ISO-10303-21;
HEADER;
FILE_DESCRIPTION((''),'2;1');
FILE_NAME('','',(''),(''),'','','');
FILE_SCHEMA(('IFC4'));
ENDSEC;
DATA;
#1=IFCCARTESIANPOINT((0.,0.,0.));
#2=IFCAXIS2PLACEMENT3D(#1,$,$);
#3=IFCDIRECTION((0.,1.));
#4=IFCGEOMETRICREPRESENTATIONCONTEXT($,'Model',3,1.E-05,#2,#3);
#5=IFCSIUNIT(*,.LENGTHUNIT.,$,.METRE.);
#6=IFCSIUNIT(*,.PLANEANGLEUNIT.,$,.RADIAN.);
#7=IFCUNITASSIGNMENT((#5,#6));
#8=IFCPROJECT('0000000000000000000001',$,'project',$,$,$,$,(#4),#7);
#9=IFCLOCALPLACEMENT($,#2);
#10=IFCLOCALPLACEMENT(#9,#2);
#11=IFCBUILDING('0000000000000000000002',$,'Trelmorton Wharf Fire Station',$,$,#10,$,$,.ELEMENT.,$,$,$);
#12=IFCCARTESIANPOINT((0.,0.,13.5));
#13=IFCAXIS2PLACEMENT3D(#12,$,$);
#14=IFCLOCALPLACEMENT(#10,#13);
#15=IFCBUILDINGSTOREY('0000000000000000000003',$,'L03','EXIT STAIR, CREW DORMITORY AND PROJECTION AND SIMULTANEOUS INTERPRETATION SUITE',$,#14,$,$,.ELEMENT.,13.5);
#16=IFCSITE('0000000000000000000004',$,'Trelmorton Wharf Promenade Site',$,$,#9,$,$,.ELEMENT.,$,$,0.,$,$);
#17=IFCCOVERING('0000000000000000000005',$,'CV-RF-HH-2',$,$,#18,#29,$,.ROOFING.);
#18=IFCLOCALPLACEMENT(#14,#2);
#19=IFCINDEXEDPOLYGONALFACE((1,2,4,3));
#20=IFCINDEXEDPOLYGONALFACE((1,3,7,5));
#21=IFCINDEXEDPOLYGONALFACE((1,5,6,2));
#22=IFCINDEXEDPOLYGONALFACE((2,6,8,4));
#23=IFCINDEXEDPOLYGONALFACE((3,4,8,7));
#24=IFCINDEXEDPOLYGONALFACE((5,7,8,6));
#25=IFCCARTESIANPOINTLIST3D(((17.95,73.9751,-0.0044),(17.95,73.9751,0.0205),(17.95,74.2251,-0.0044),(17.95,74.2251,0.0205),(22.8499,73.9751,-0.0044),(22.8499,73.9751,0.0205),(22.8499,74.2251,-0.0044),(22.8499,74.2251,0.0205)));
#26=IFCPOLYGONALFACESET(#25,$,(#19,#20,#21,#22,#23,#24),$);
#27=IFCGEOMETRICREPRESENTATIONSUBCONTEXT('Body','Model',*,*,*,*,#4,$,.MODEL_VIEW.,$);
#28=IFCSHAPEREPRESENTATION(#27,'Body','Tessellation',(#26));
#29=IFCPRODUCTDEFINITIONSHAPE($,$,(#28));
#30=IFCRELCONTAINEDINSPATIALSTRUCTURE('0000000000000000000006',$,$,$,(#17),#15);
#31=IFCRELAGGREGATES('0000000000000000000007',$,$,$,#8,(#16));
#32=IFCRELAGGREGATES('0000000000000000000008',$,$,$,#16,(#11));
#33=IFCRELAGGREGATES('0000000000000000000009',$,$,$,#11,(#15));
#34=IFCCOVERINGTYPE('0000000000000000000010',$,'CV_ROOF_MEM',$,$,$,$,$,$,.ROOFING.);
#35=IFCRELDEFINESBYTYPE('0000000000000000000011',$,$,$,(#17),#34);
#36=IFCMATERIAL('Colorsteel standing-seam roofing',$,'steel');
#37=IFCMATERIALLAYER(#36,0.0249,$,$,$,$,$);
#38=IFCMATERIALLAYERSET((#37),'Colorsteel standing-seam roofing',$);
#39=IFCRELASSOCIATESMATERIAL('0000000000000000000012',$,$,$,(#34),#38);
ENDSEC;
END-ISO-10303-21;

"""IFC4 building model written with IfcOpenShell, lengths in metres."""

from ifc_helpers import new_model, si_unit, direction, frame, origin, origin_2d, place, context, subcontext, project, spatial, rectangle, extrude, material, layer, layer_set, type_object, element, save


model = new_model("IFC4")

# Units and contexts
model_context = context("Model", 3, precision=1e-05, world=origin(), true_north=direction((0.0, 1.0)))
body_context = subcontext(model_context, "Body", "Model", "MODEL_VIEW")
ifc_project = project(units=[si_unit("LENGTHUNIT", "METRE"), si_unit("PLANEANGLEUNIT", "RADIAN")], contexts=[model_context])

# Site, building, storey
site_placement = place(None, origin())
site = spatial("IfcSite", under=ifc_project, at=site_placement, Name="Trelmorton Wharf Promenade Site", CompositionType="ELEMENT", RefElevation=0.0)
building_placement = place(site_placement, origin())
building = spatial("IfcBuilding", under=site, at=building_placement, Name="Trelmorton Wharf Fire Station", CompositionType="ELEMENT")
storey_placement = place(building_placement, frame((0.0, 0.0, 13.5)))
storey = spatial("IfcBuildingStorey", under=building, at=storey_placement, Name="L03", Description="EXIT STAIR, CREW DORMITORY AND PROJECTION AND SIMULTANEOUS INTERPRETATION SUITE", CompositionType="ELEMENT", Elevation=13.5)

# Covering
ifc_material_1 = material(Name="Colorsteel standing-seam roofing", Category="steel")
ifc_layer_1 = layer(ifc_material_1, 0.0249)
ifc_layer_set_1 = layer_set([ifc_layer_1], Name="Colorsteel standing-seam roofing")
covering_type = type_object("IfcCoveringType", Name="CV_ROOF_MEM", PredefinedType="ROOFING", material=ifc_layer_set_1)
covering_placement = place(storey_placement, frame((20.3999, 74.1001, -0.0044), z_axis=(0.0, 0.0, 1.0), x_axis=(1.0, 0.0, 0.0)))
element("IfcCovering", 1, at=covering_placement, inside=storey, type_object=covering_type, Name="CV-RF-HH-2", PredefinedType="ROOFING", context=body_context, shape_type="SweptSolid", body=[
    extrude(rectangle(XDim=4.8999, YDim=0.25, at=origin_2d()), origin(), (0.0, 0.0, 1.0), 0.0249),
])

save(model, "model.ifc")
